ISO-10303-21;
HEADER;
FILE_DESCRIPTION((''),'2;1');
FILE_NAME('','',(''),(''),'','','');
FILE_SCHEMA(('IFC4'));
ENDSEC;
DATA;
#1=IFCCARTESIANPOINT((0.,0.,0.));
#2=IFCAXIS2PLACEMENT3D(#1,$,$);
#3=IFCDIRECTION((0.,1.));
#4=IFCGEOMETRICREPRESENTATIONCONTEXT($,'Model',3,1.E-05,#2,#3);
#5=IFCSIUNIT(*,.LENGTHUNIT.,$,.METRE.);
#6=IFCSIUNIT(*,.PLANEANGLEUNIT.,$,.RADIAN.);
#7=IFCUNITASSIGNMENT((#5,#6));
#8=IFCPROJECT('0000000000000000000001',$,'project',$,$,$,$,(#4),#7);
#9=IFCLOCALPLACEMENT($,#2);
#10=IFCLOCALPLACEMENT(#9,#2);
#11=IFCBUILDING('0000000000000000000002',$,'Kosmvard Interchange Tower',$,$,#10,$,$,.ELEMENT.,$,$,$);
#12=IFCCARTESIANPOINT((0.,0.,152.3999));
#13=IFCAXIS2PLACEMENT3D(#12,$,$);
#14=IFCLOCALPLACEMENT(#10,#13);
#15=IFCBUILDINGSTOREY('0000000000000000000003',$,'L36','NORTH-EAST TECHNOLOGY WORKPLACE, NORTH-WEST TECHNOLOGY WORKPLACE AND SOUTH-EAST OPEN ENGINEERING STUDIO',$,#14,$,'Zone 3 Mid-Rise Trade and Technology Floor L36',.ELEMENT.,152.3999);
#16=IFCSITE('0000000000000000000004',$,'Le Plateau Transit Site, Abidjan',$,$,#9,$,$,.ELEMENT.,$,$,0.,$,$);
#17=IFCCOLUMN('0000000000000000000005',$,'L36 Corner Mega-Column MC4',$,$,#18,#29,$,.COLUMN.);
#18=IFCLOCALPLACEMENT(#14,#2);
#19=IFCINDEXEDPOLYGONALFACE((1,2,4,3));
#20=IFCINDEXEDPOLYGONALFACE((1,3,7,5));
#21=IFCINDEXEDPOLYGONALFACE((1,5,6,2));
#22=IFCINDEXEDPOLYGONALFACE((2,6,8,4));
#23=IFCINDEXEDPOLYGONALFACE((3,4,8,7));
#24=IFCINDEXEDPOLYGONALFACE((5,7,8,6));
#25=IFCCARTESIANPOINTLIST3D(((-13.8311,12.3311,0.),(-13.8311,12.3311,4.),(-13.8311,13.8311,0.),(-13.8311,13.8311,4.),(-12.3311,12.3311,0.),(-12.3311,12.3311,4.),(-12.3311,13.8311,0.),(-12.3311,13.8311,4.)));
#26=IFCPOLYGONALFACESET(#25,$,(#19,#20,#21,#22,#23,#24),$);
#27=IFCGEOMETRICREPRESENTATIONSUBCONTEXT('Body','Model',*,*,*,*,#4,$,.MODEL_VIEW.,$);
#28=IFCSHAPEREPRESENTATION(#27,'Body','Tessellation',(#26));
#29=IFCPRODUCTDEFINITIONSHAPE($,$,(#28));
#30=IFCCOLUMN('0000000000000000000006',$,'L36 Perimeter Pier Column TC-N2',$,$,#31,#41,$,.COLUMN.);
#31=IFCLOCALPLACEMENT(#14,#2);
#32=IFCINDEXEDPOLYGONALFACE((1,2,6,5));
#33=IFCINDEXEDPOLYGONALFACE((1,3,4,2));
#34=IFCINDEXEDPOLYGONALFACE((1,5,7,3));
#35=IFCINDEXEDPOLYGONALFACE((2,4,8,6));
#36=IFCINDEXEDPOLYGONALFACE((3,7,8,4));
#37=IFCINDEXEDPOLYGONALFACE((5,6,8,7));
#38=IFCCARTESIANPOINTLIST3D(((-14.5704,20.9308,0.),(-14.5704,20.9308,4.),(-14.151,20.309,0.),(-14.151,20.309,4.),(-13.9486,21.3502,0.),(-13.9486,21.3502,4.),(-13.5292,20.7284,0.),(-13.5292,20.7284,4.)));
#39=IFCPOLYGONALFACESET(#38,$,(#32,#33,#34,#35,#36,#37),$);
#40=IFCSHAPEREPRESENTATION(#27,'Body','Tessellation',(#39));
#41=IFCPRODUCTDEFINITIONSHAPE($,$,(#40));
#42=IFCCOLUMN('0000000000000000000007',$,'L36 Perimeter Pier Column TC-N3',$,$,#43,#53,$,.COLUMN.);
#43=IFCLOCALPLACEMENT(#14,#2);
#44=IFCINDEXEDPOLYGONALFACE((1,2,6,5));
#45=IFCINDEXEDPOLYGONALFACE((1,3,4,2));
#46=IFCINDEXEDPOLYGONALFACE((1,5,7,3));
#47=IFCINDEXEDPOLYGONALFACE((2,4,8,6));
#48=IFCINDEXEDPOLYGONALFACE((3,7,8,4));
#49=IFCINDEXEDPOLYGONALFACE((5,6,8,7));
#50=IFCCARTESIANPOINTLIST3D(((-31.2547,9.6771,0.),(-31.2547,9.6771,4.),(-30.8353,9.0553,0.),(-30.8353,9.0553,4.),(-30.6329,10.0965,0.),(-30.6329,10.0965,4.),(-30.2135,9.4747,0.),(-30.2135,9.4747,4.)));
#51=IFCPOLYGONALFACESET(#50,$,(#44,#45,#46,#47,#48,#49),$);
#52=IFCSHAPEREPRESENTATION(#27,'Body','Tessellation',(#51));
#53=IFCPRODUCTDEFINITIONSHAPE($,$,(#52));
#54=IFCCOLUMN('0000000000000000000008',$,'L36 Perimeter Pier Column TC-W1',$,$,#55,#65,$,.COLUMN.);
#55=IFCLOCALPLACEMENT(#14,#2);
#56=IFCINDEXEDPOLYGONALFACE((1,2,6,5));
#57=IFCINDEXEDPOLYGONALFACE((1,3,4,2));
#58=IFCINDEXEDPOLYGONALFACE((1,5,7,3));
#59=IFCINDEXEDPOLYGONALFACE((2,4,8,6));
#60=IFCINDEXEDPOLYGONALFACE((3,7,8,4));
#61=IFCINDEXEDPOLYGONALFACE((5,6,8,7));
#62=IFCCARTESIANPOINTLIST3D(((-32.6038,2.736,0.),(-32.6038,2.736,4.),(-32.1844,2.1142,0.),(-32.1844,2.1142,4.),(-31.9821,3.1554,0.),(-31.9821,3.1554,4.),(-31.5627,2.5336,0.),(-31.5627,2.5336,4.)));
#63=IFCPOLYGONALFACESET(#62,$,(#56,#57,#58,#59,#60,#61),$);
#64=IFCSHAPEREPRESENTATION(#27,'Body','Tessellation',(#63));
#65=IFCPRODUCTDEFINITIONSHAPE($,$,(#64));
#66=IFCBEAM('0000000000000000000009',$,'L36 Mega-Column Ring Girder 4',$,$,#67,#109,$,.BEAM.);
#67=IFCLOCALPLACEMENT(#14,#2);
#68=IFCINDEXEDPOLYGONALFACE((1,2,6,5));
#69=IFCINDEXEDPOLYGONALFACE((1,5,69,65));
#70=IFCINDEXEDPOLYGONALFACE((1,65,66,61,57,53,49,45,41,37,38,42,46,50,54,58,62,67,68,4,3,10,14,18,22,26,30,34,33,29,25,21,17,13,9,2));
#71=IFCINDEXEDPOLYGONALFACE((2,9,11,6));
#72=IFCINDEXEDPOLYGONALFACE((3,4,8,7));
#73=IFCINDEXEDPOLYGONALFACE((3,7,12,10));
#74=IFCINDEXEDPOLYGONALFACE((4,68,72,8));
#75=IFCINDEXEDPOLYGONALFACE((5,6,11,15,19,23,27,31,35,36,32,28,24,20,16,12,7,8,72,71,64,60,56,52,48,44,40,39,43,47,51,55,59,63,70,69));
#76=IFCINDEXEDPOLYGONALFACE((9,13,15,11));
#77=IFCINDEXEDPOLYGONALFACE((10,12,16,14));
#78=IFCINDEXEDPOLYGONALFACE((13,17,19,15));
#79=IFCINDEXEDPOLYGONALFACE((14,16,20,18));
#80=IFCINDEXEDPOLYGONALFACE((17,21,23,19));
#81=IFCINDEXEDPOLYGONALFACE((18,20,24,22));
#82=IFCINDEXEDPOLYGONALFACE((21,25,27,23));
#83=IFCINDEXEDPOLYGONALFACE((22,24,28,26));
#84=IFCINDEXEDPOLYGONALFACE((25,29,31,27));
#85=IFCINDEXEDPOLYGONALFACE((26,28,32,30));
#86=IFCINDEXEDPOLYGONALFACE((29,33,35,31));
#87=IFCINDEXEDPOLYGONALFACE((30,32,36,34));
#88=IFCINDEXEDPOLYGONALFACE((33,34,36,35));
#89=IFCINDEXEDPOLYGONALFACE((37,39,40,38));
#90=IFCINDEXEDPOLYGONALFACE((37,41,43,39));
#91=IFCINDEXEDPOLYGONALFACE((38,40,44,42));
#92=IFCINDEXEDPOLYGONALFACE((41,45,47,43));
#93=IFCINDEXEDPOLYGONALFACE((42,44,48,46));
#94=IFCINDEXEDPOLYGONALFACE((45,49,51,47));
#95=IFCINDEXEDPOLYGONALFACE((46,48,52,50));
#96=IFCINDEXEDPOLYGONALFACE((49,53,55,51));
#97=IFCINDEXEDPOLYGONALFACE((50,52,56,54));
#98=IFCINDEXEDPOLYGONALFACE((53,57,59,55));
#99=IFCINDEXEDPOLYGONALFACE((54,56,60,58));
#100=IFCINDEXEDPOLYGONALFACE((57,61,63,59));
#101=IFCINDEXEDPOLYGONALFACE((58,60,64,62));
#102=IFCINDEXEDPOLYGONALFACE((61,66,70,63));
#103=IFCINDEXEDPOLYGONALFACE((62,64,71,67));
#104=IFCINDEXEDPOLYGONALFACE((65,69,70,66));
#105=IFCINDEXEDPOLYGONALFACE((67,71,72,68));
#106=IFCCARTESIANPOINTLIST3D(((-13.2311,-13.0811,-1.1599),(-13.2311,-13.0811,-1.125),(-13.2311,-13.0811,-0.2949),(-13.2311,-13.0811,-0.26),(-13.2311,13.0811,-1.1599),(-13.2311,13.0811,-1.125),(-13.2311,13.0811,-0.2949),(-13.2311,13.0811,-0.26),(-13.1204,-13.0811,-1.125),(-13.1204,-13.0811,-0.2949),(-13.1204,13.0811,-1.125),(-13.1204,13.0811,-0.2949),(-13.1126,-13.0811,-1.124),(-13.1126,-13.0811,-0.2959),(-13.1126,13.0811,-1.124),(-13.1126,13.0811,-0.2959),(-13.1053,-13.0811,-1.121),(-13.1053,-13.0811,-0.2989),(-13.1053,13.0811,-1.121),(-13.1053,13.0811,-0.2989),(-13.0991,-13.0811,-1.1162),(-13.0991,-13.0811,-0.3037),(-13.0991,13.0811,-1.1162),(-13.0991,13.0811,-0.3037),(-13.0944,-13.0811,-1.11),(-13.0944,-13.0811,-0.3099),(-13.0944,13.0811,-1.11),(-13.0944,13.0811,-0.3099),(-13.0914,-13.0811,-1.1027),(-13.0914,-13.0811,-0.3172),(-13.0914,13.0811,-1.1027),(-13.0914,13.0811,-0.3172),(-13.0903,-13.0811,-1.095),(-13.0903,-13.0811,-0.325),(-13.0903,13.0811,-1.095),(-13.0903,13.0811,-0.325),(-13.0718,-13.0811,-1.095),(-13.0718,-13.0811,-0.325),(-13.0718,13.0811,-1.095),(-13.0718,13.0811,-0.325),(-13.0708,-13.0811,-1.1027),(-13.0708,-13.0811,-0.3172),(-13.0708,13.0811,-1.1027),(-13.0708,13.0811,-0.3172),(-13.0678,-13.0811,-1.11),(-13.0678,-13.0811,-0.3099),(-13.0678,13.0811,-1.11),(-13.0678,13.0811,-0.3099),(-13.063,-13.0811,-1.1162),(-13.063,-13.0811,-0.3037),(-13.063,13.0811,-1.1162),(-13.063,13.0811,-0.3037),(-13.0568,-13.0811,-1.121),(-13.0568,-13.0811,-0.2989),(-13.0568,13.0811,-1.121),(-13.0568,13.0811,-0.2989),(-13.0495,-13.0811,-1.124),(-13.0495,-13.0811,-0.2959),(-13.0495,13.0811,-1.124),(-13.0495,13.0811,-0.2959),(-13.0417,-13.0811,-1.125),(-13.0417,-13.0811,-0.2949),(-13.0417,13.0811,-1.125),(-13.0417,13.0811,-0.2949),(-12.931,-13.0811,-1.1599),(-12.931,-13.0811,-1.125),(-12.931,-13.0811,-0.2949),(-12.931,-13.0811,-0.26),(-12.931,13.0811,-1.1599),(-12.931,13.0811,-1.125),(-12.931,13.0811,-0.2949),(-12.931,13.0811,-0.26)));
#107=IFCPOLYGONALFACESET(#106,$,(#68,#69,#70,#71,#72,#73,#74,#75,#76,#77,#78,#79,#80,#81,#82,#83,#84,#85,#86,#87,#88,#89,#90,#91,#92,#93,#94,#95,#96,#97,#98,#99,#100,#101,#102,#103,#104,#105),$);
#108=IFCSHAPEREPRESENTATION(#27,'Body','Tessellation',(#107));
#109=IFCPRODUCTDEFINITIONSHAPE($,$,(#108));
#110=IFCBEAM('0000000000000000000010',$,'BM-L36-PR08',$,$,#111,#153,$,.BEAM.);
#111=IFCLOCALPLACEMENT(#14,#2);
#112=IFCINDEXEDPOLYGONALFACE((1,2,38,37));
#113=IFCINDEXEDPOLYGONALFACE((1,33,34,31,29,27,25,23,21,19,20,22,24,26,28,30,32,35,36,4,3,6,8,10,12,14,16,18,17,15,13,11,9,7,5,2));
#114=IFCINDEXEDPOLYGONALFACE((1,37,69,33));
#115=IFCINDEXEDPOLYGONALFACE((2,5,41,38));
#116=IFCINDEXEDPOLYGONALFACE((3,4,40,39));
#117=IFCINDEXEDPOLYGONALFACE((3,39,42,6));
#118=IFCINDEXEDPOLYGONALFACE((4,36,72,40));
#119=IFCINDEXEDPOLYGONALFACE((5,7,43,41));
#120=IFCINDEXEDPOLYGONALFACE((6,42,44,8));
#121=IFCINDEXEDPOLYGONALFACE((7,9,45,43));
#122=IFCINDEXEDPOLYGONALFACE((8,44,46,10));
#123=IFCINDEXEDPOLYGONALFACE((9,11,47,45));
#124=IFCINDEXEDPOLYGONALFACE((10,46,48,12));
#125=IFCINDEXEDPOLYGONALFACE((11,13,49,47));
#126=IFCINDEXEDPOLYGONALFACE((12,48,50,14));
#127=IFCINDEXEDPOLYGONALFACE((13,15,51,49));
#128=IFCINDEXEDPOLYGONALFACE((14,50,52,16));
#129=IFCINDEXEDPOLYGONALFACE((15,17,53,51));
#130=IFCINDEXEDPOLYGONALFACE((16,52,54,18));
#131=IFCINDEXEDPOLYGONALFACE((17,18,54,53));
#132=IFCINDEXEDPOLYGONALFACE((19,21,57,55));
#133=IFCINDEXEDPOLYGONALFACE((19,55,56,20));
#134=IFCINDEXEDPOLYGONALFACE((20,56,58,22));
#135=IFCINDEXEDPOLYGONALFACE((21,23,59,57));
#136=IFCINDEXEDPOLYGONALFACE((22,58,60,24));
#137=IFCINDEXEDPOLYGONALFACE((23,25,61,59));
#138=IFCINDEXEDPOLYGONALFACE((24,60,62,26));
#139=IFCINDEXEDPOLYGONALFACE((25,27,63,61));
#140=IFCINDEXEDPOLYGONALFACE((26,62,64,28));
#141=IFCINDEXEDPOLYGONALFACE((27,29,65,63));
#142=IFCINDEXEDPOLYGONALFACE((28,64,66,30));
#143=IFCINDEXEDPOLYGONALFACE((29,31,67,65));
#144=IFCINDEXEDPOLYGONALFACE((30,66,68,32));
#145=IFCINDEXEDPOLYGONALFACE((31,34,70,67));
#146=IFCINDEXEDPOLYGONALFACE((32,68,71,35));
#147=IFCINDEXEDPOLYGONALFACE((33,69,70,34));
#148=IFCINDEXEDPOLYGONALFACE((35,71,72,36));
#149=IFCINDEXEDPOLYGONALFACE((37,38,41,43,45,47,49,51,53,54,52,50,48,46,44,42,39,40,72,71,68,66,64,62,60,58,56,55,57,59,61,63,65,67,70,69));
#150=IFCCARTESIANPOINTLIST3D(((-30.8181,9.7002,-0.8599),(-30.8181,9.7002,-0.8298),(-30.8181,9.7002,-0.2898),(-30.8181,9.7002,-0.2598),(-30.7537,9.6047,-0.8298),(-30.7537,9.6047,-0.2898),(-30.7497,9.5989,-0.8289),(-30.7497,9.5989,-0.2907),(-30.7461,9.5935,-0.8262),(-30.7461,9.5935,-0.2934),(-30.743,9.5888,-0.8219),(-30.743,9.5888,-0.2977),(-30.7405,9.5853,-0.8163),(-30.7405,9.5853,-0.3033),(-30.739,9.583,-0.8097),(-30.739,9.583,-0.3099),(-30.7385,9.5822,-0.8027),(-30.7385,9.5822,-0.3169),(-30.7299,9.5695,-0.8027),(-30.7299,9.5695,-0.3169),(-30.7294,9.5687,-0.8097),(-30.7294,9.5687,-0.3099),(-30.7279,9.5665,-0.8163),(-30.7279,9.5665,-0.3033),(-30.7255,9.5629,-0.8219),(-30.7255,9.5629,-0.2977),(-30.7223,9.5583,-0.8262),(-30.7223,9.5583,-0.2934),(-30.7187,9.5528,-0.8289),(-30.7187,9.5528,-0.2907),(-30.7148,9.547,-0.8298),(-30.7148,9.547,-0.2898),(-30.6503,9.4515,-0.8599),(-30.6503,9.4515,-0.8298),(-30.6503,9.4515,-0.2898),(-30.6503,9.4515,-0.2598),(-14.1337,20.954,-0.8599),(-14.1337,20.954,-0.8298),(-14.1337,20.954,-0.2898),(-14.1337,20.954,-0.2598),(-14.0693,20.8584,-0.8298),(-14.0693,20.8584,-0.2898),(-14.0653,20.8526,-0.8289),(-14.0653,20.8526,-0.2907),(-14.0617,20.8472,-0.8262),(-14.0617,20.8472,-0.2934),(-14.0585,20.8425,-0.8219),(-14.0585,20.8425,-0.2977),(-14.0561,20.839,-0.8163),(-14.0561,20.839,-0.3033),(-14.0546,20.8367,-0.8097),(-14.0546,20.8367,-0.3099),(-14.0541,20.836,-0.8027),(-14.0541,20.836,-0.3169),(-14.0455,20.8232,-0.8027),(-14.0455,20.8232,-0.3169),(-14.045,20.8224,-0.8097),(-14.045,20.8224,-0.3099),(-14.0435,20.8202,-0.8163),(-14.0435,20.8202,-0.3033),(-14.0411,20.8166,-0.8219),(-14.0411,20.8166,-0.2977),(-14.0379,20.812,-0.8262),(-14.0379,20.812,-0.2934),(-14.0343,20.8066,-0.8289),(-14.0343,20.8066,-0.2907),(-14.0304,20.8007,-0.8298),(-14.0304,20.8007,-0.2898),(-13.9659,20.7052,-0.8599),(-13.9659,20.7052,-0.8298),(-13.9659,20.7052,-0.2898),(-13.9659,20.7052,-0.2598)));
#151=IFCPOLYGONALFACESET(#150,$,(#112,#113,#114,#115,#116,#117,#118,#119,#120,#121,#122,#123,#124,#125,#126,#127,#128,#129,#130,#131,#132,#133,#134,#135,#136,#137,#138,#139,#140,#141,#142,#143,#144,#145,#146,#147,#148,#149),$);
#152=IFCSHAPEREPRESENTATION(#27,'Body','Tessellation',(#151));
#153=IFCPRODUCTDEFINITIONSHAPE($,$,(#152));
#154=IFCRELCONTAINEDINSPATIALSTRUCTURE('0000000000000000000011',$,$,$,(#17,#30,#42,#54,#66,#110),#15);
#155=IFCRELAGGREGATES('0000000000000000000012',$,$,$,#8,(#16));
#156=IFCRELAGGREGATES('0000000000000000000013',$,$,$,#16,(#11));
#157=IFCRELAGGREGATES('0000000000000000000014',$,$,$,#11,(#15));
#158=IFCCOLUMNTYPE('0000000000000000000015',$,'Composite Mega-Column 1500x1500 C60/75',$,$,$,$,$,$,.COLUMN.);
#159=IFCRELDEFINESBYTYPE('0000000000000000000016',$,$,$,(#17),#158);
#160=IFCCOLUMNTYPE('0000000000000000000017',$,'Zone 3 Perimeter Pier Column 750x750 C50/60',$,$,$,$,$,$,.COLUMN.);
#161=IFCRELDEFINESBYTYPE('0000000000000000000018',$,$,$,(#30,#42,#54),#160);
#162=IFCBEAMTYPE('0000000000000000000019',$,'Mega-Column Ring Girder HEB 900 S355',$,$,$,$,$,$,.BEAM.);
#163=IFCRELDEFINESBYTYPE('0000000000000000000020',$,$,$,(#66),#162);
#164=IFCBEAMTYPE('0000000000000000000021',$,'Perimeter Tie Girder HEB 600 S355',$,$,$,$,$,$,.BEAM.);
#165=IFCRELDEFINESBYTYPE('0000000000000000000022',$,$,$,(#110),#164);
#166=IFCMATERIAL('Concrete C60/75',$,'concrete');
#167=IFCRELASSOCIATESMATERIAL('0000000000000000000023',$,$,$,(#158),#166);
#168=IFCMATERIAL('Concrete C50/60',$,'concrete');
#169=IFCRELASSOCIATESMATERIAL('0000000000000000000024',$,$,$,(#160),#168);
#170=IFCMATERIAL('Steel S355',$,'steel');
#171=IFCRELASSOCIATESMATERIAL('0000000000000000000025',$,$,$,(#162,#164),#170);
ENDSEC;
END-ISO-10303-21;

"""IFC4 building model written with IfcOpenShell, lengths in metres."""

from ifc_helpers import new_model, si_unit, direction, frame, origin, origin_2d, place, context, subcontext, project, spatial, rectangle, i_section, extrude, source, transform, mapped, material, material_profile, profile_set, type_object, element, save


model = new_model("IFC4")

# Units and contexts
model_context = context("Model", 3, precision=1e-05, world=origin(), true_north=direction((0.0, 1.0)))
body_context = subcontext(model_context, "Body", "Model", "MODEL_VIEW")
ifc_project = project(units=[si_unit("LENGTHUNIT", "METRE"), si_unit("PLANEANGLEUNIT", "RADIAN")], contexts=[model_context])

# Site, building, storey
site_placement = place(None, origin())
site = spatial("IfcSite", under=ifc_project, at=site_placement, Name="Le Plateau Transit Site, Abidjan", CompositionType="ELEMENT", RefElevation=0.0)
building_placement = place(site_placement, origin())
building = spatial("IfcBuilding", under=site, at=building_placement, Name="Kosmvard Interchange Tower", CompositionType="ELEMENT")
storey_placement = place(building_placement, frame((0.0, 0.0, 152.3999)))
storey = spatial("IfcBuildingStorey", under=building, at=storey_placement, Name="L36", Description="NORTH-EAST TECHNOLOGY WORKPLACE, NORTH-WEST TECHNOLOGY WORKPLACE AND SOUTH-EAST OPEN ENGINEERING STUDIO", LongName="Zone 3 Mid-Rise Trade and Technology Floor L36", CompositionType="ELEMENT", Elevation=152.3999)

# Columns
ifc_material_1 = material(Name="Concrete C60/75", Category="concrete")
ifc_material_profile_1 = material_profile(ifc_material_1, rectangle(XDim=1.5, YDim=1.5, at=origin_2d()), Name="MC 1500x1500")
ifc_profile_set_1 = profile_set([ifc_material_profile_1], Name="Concrete C60/75")
column_type_1 = type_object("IfcColumnType", Name="Composite Mega-Column 1500x1500 C60/75", PredefinedType="COLUMN", material=ifc_profile_set_1)
shared_shape_1 = source(origin(), body_context, "Body", "SweptSolid", [
    extrude(rectangle(XDim=1.5, YDim=1.5, at=origin_2d()), origin(), (0.0, 0.0, 1.0), 4.0),
])
column_placement = place(storey_placement, frame((-13.0811, 13.0811, 0.0), z_axis=(0.0, 0.0, 1.0), x_axis=(1.0, 0.0, 0.0)))
element("IfcColumn", 1, at=column_placement, inside=storey, type_object=column_type_1, Name="L36 Corner Mega-Column MC4", PredefinedType="COLUMN", context=body_context, shape_type="MappedRepresentation", body=[
    mapped(shared_shape_1, transform((0.0, 0.0, 0.0), scale=1.0)),
])
ifc_material_2 = material(Name="Concrete C50/60", Category="concrete")
ifc_material_profile_2 = material_profile(ifc_material_2, rectangle(XDim=0.75, YDim=0.75, at=origin_2d()), Name="TC 750x750")
ifc_profile_set_2 = profile_set([ifc_material_profile_2], Name="Concrete C50/60")
column_type_2 = type_object("IfcColumnType", Name="Zone 3 Perimeter Pier Column 750x750 C50/60", PredefinedType="COLUMN", material=ifc_profile_set_2)
shared_shape_2 = source(origin(), body_context, "Body", "SweptSolid", [
    extrude(rectangle(XDim=0.75, YDim=0.75, at=origin_2d()), origin(), (0.0, 0.0, 1.0), 4.0),
])
for number, where, z_axis, x_axis, name in (
    (2, (-14.0498, 20.8296, 0.0), (0.0, 0.0, 1.0), (0.829038, 0.559193, 0.0), "L36 Perimeter Pier Column TC-N2"),
    (3, (-30.7341, 9.5759, 0.0), (0.0, 0.0, 1.0), (0.829038, 0.559193, 0.0), "L36 Perimeter Pier Column TC-N3"),
    (4, (-32.0833, 2.6348, 0.0), (0.0, 0.0, 1.0), (0.829038, 0.559193, 0.0), "L36 Perimeter Pier Column TC-W1"),
):
    element("IfcColumn", number, at=place(storey_placement, frame(where, z_axis=z_axis, x_axis=x_axis)), inside=storey, type_object=column_type_2, Name=name, PredefinedType="COLUMN", context=body_context, shape_type="MappedRepresentation", body=[
        mapped(shared_shape_2, transform((0.0, 0.0, 0.0), scale=1.0)),
    ])

# Beams
ifc_material_3 = material(Name="Steel S355", Category="steel")
ifc_material_profile_3 = material_profile(ifc_material_3, i_section(OverallWidth=0.3, OverallDepth=0.8999, WebThickness=0.0186, FlangeThickness=0.0349, FilletRadius=0.03, at=origin_2d()), Name="HEB 900")
ifc_profile_set_3 = profile_set([ifc_material_profile_3], Name="Steel S355")
beam_type_1 = type_object("IfcBeamType", Name="Mega-Column Ring Girder HEB 900 S355", PredefinedType="BEAM", material=ifc_profile_set_3)
shared_shape_3 = source(origin(), body_context, "Body", "SweptSolid", [
    extrude(i_section(OverallWidth=0.3, OverallDepth=0.8999, WebThickness=0.0186, FlangeThickness=0.0349, FilletRadius=0.03, at=origin_2d()), origin(), (0.0, 0.0, 1.0), 26.1621),
])
beam_1_placement = place(storey_placement, frame((-13.0811, 13.0811, -0.71), z_axis=(0.0, -1.0, 0.0), x_axis=(1.0, 0.0, 0.0)))
element("IfcBeam", 5, at=beam_1_placement, inside=storey, type_object=beam_type_1, Name="L36 Mega-Column Ring Girder 4", PredefinedType="BEAM", context=body_context, shape_type="MappedRepresentation", body=[
    mapped(shared_shape_3, transform((0.0, 0.0, 0.0), scale=1.0)),
])
ifc_material_profile_4 = material_profile(ifc_material_3, i_section(OverallWidth=0.3, OverallDepth=0.6001, WebThickness=0.0154, FlangeThickness=0.03, FilletRadius=0.0271, at=origin_2d()), Name="HEB 600")
ifc_profile_set_4 = profile_set([ifc_material_profile_4], Name="Steel S355")
beam_type_2 = type_object("IfcBeamType", Name="Perimeter Tie Girder HEB 600 S355", PredefinedType="BEAM", material=ifc_profile_set_4)
shared_shape_4 = source(origin(), body_context, "Body", "SweptSolid", [
    extrude(i_section(OverallWidth=0.3, OverallDepth=0.6001, WebThickness=0.0154, FlangeThickness=0.03, FilletRadius=0.0271, at=origin_2d()), origin(), (0.0, 0.0, 1.0), 20.125),
])
for number, where, z_axis, x_axis, name in (
    (6, (-14.0498, 20.8296, -0.5598), (-0.829039, -0.559191, 0.0), (0.559191, -0.829039, 0.0), "BM-L36-PR08"),
):
    element("IfcBeam", number, at=place(storey_placement, frame(where, z_axis=z_axis, x_axis=x_axis)), inside=storey, type_object=beam_type_2, Name=name, PredefinedType="BEAM", context=body_context, shape_type="MappedRepresentation", body=[
        mapped(shared_shape_4, transform((0.0, 0.0, 0.0), scale=1.0)),
    ])

save(model, "model.ifc")
